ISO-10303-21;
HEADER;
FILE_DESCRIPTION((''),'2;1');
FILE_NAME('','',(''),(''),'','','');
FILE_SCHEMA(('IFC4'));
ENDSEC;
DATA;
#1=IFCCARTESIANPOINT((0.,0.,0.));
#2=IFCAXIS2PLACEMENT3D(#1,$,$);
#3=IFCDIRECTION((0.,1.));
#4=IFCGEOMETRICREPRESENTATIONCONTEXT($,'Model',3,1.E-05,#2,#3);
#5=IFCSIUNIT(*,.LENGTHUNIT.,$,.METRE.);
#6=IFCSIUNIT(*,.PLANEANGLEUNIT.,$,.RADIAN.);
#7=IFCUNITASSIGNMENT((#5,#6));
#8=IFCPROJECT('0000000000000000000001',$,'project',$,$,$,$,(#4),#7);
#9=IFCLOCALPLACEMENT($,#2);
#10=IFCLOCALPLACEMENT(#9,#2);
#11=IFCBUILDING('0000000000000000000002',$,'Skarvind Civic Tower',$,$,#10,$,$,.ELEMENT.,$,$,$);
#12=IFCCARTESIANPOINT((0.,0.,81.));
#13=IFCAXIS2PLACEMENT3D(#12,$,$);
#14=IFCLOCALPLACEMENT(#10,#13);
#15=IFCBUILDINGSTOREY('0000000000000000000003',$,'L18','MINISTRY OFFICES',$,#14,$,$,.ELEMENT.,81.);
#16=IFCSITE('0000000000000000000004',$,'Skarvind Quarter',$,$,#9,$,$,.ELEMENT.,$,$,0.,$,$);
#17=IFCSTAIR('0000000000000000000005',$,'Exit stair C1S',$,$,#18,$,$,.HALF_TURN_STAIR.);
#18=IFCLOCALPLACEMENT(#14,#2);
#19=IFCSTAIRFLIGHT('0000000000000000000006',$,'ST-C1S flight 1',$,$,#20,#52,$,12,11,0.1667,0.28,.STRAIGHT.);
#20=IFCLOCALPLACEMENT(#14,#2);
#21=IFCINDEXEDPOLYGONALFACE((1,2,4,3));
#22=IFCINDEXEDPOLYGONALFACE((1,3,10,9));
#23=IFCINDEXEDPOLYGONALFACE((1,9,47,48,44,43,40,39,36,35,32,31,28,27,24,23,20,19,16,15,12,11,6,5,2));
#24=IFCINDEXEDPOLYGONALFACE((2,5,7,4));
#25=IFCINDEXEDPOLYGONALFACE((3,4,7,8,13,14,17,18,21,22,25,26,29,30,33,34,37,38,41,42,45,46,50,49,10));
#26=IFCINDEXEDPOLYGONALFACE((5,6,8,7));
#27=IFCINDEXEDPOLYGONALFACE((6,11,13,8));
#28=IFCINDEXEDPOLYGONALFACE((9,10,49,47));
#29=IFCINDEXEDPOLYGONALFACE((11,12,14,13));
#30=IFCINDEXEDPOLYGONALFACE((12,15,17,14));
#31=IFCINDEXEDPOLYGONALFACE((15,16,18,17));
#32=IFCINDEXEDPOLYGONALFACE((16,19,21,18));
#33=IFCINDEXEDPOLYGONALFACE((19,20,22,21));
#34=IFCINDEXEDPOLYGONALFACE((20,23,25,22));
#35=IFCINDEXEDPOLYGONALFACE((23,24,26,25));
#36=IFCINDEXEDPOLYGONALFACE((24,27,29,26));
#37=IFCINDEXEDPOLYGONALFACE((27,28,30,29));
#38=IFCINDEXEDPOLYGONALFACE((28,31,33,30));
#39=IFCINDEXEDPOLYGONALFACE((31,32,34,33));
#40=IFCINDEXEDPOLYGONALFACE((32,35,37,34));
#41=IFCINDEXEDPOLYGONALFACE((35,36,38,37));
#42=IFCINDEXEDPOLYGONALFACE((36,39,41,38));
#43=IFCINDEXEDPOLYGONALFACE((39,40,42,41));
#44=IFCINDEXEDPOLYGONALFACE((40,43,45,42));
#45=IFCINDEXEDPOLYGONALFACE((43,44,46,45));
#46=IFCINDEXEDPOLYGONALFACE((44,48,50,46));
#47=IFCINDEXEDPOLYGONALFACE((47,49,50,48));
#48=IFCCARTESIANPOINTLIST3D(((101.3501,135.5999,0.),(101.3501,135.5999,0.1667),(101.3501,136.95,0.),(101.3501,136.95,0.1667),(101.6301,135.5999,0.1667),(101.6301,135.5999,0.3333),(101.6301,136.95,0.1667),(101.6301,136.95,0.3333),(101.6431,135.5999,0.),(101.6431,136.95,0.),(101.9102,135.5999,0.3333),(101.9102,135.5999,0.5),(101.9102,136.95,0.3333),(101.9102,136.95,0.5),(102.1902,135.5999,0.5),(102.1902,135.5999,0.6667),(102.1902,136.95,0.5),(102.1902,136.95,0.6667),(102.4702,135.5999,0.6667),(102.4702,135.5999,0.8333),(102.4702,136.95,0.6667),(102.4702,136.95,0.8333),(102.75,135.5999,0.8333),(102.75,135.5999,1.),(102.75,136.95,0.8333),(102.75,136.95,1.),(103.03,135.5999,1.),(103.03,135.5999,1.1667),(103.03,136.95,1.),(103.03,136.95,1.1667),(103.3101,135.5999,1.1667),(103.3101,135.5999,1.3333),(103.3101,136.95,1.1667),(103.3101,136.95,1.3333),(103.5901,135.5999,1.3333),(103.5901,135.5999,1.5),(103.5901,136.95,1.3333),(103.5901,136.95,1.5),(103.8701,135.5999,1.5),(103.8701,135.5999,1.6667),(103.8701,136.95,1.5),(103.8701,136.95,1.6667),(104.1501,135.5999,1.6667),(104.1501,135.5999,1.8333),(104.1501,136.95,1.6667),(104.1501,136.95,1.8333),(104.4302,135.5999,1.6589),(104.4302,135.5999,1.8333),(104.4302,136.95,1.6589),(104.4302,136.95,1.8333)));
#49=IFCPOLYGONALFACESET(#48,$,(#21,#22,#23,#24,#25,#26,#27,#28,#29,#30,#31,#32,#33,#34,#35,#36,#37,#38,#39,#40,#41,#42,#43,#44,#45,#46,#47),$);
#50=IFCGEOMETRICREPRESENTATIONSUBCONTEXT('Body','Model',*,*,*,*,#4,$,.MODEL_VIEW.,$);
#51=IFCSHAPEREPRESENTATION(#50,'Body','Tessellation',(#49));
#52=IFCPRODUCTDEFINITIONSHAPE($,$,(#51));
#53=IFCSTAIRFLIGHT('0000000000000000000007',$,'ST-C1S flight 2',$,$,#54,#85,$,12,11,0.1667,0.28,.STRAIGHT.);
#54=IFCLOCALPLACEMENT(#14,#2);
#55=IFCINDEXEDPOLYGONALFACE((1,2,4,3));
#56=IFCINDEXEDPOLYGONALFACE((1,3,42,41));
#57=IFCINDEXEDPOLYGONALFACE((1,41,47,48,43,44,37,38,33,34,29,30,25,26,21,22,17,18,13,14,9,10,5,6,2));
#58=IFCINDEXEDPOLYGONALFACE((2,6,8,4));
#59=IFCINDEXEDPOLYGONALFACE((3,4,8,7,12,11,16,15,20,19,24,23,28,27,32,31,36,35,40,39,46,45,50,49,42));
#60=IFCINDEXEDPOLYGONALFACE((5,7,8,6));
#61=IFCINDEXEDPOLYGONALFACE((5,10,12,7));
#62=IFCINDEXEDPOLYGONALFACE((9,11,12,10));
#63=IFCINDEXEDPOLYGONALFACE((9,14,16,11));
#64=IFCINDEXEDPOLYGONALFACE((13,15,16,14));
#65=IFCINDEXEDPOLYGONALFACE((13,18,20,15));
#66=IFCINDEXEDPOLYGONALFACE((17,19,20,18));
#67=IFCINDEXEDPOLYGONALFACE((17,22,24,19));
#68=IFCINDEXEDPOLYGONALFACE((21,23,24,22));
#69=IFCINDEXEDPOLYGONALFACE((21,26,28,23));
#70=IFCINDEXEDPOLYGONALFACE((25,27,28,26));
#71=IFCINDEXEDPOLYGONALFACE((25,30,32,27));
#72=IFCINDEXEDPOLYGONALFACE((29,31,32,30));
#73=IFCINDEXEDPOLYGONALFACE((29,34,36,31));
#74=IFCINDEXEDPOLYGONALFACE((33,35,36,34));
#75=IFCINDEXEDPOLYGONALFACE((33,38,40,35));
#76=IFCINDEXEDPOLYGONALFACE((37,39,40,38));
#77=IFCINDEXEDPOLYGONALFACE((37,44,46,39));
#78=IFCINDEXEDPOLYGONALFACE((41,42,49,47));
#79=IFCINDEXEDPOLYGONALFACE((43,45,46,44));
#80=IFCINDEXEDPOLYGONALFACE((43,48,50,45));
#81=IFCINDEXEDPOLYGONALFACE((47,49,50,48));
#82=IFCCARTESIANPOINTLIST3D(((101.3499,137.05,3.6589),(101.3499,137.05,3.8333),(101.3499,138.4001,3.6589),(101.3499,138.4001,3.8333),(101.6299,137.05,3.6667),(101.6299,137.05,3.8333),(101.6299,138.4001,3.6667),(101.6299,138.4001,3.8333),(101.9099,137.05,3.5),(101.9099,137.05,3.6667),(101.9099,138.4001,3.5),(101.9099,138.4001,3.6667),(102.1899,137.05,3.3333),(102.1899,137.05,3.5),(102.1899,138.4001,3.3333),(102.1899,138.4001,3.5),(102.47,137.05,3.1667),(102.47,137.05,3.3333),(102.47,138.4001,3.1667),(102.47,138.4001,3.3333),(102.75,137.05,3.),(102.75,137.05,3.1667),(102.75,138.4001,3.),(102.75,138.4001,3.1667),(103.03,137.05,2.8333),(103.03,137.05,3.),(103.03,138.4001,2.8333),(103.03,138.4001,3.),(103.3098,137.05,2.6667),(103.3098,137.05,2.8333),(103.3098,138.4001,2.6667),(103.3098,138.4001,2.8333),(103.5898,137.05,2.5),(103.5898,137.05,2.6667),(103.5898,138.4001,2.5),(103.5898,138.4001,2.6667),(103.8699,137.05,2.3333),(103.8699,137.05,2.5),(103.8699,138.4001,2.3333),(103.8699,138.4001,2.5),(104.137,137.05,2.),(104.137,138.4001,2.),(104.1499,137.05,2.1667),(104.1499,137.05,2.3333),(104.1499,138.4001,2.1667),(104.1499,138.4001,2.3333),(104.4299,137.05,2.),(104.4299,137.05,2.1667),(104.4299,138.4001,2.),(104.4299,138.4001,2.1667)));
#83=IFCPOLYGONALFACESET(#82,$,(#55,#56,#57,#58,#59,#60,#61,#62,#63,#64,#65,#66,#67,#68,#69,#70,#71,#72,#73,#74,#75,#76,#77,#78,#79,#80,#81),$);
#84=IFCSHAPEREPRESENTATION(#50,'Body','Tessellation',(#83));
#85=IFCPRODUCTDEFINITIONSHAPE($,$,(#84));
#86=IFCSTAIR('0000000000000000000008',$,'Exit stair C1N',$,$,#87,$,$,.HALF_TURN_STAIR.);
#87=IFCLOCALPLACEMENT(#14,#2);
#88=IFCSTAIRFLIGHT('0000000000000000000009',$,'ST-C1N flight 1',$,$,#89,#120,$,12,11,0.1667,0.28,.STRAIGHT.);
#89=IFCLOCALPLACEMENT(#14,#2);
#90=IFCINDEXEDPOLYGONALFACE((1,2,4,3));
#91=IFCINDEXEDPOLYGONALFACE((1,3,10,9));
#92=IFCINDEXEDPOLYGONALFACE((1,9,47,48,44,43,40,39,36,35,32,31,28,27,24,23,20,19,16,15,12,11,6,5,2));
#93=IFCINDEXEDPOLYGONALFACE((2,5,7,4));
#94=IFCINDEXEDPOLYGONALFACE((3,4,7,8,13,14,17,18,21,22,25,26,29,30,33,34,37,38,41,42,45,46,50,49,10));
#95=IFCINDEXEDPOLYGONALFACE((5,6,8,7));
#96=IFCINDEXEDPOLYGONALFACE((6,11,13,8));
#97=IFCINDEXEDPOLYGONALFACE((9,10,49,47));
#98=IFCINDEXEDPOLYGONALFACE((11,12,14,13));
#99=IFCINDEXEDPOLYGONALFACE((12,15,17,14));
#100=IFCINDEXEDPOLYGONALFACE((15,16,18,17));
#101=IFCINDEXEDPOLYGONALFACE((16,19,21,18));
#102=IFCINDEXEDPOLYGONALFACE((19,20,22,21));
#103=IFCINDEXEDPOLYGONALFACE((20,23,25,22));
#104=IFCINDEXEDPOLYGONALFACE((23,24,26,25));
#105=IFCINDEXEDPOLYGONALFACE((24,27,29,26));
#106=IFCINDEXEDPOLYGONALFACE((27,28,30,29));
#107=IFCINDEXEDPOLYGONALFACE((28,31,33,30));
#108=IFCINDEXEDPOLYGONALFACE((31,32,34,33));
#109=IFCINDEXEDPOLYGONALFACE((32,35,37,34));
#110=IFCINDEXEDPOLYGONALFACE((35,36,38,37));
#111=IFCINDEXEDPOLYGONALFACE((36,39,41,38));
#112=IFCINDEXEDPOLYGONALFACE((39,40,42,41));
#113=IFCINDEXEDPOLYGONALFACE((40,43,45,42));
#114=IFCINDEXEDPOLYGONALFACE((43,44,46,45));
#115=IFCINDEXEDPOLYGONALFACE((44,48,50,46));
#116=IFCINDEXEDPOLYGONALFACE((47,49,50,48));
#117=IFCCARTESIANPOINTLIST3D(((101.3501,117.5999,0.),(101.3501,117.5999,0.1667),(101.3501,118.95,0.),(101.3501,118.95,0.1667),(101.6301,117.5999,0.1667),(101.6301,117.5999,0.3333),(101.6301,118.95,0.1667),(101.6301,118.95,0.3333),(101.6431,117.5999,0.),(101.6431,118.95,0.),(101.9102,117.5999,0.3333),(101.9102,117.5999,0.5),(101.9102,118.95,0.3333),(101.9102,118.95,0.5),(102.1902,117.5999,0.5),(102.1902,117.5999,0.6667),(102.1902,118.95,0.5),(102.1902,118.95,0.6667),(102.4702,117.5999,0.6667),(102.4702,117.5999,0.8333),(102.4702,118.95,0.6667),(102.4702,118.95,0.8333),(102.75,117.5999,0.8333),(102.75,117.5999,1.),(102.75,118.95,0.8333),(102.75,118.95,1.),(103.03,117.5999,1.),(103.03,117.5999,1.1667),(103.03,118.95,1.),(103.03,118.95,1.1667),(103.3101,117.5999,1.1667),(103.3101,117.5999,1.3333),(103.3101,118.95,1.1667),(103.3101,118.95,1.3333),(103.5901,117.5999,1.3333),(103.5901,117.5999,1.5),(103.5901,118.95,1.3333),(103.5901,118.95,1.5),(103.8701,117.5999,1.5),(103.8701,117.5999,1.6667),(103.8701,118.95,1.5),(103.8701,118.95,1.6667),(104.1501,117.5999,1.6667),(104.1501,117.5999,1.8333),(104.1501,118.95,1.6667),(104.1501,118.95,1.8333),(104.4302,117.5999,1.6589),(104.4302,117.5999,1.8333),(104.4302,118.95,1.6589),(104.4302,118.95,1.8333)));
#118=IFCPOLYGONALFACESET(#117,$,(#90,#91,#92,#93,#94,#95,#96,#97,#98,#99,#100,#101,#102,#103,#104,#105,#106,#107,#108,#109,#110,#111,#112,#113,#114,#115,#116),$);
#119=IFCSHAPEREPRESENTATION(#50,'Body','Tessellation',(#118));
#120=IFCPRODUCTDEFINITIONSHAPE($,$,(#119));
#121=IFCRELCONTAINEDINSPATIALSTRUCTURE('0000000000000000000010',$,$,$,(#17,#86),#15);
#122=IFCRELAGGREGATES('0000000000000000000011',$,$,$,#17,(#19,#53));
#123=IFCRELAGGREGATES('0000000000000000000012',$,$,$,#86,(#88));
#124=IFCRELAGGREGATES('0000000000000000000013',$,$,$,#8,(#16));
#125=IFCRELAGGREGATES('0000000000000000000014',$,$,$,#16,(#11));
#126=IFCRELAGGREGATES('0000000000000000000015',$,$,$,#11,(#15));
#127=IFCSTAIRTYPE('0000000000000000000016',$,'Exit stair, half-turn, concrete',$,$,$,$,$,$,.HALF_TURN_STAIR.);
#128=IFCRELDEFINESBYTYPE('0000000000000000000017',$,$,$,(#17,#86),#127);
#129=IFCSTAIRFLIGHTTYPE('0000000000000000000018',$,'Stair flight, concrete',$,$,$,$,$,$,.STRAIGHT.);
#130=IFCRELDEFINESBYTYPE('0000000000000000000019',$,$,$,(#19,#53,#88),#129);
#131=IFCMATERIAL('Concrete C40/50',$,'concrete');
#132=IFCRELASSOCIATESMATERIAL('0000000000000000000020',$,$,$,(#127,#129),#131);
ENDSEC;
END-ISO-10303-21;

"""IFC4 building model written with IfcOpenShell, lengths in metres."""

from ifc_helpers import new_model, si_unit, direction, frame, origin, place, context, subcontext, project, spatial, polyline, outline, extrude, material, type_object, element, aggregate, save


model = new_model("IFC4")

# Units and contexts
model_context = context("Model", 3, precision=1e-05, world=origin(), true_north=direction((0.0, 1.0)))
body_context = subcontext(model_context, "Body", "Model", "MODEL_VIEW")
ifc_project = project(units=[si_unit("LENGTHUNIT", "METRE"), si_unit("PLANEANGLEUNIT", "RADIAN")], contexts=[model_context])

# Site, building, storey
site_placement = place(None, origin())
site = spatial("IfcSite", under=ifc_project, at=site_placement, Name="Skarvind Quarter", CompositionType="ELEMENT", RefElevation=0.0)
building_placement = place(site_placement, origin())
building = spatial("IfcBuilding", under=site, at=building_placement, Name="Skarvind Civic Tower", CompositionType="ELEMENT")
storey_placement = place(building_placement, frame((0.0, 0.0, 81.0)))
storey = spatial("IfcBuildingStorey", under=building, at=storey_placement, Name="L18", Description="MINISTRY OFFICES", CompositionType="ELEMENT", Elevation=81.0)

# Stair, stair flights
ifc_material_1 = material(Name="Concrete C40/50", Category="concrete")
stair_type = type_object("IfcStairType", Name="Exit stair, half-turn, concrete", PredefinedType="HALF_TURN_STAIR", material=ifc_material_1)
stair_1_placement = place(storey_placement, origin())
stair_1 = element("IfcStair", 1, at=stair_1_placement, inside=storey, type_object=stair_type, Name="Exit stair C1S", PredefinedType="HALF_TURN_STAIR")
stair_flight_type = type_object("IfcStairFlightType", Name="Stair flight, concrete", PredefinedType="STRAIGHT", material=ifc_material_1)
stair_flight_1_placement = place(storey_placement, frame((101.3501, 136.2749, 0.0), z_axis=(0.0, 0.0, 1.0), x_axis=(1.0, 0.0, 0.0)))
stair_flight_1 = element("IfcStairFlight", 2, at=stair_flight_1_placement, type_object=stair_flight_type, Name="ST-C1S flight 1", NumberOfRisers=12, NumberOfTreads=11, PredefinedType="STRAIGHT", RiserHeight=0.1667, TreadLength=0.28, context=body_context, shape_type="SweptSolid", body=[
    extrude(outline(polyline([(0.0, 0.0), (0.0, 0.1667), (0.28, 0.1667), (0.28, 0.3333), (0.5601, 0.3333), (0.5601, 0.5), (0.8401, 0.5), (0.8401, 0.6667), (1.1201, 0.6667), (1.1201, 0.8333), (1.3999, 0.8333), (1.3999, 1.0), (1.6799, 1.0), (1.6799, 1.1667), (1.96, 1.1667), (1.96, 1.3333), (2.24, 1.3333), (2.24, 1.5), (2.52, 1.5), (2.52, 1.6667), (2.8, 1.6667), (2.8, 1.8333), (3.0801, 1.8333), (3.0801, 2.0), (3.0801, 1.6589), (0.293, 0.0), (0.0, 0.0)])), frame((0.0, 0.675, 0.0), z_axis=(0.0, -1.0, 0.0), x_axis=(1.0, 0.0, 0.0)), (0.0, 0.0, 1.0), 1.3501),
])
stair_flight_2_placement = place(storey_placement, frame((104.4299, 137.7251, 2.0), z_axis=(0.0, 0.0, 1.0), x_axis=(-1.0, 0.0, 0.0)))
stair_flight_2 = element("IfcStairFlight", 3, at=stair_flight_2_placement, type_object=stair_flight_type, Name="ST-C1S flight 2", NumberOfRisers=12, NumberOfTreads=11, PredefinedType="STRAIGHT", RiserHeight=0.1667, TreadLength=0.28, context=body_context, shape_type="SweptSolid", body=[
    extrude(outline(polyline([(0.0, 0.0), (0.0, 0.1667), (0.28, 0.1667), (0.28, 0.3333), (0.5601, 0.3333), (0.5601, 0.5), (0.8401, 0.5), (0.8401, 0.6667), (1.1201, 0.6667), (1.1201, 0.8333), (1.3999, 0.8333), (1.3999, 1.0), (1.6799, 1.0), (1.6799, 1.1667), (1.96, 1.1667), (1.96, 1.3333), (2.24, 1.3333), (2.24, 1.5), (2.52, 1.5), (2.52, 1.6667), (2.8, 1.6667), (2.8, 1.8333), (3.0801, 1.8333), (3.0801, 2.0), (3.0801, 1.6589), (0.293, 0.0), (0.0, 0.0)])), frame((0.0, 0.675, 0.0), z_axis=(0.0, -1.0, 0.0), x_axis=(1.0, 0.0, 0.0)), (0.0, 0.0, 1.0), 1.3501),
])
aggregate(stair_1, [stair_flight_1, stair_flight_2])

# Stair, stair flight
stair_2_placement = place(storey_placement, origin())
stair_2 = element("IfcStair", 4, at=stair_2_placement, inside=storey, type_object=stair_type, Name="Exit stair C1N", PredefinedType="HALF_TURN_STAIR")
stair_flight_3_placement = place(storey_placement, frame((101.3501, 118.2749, 0.0), z_axis=(0.0, 0.0, 1.0), x_axis=(1.0, 0.0, 0.0)))
stair_flight_3 = element("IfcStairFlight", 5, at=stair_flight_3_placement, type_object=stair_flight_type, Name="ST-C1N flight 1", NumberOfRisers=12, NumberOfTreads=11, PredefinedType="STRAIGHT", RiserHeight=0.1667, TreadLength=0.28, context=body_context, shape_type="SweptSolid", body=[
    extrude(outline(polyline([(0.0, 0.0), (0.0, 0.1667), (0.28, 0.1667), (0.28, 0.3333), (0.5601, 0.3333), (0.5601, 0.5), (0.8401, 0.5), (0.8401, 0.6667), (1.1201, 0.6667), (1.1201, 0.8333), (1.3999, 0.8333), (1.3999, 1.0), (1.6799, 1.0), (1.6799, 1.1667), (1.96, 1.1667), (1.96, 1.3333), (2.24, 1.3333), (2.24, 1.5), (2.52, 1.5), (2.52, 1.6667), (2.8, 1.6667), (2.8, 1.8333), (3.0801, 1.8333), (3.0801, 2.0), (3.0801, 1.6589), (0.293, 0.0), (0.0, 0.0)])), frame((0.0, 0.675, 0.0), z_axis=(0.0, -1.0, 0.0), x_axis=(1.0, 0.0, 0.0)), (0.0, 0.0, 1.0), 1.3501),
])
aggregate(stair_2, [stair_flight_3])

save(model, "model.ifc")
